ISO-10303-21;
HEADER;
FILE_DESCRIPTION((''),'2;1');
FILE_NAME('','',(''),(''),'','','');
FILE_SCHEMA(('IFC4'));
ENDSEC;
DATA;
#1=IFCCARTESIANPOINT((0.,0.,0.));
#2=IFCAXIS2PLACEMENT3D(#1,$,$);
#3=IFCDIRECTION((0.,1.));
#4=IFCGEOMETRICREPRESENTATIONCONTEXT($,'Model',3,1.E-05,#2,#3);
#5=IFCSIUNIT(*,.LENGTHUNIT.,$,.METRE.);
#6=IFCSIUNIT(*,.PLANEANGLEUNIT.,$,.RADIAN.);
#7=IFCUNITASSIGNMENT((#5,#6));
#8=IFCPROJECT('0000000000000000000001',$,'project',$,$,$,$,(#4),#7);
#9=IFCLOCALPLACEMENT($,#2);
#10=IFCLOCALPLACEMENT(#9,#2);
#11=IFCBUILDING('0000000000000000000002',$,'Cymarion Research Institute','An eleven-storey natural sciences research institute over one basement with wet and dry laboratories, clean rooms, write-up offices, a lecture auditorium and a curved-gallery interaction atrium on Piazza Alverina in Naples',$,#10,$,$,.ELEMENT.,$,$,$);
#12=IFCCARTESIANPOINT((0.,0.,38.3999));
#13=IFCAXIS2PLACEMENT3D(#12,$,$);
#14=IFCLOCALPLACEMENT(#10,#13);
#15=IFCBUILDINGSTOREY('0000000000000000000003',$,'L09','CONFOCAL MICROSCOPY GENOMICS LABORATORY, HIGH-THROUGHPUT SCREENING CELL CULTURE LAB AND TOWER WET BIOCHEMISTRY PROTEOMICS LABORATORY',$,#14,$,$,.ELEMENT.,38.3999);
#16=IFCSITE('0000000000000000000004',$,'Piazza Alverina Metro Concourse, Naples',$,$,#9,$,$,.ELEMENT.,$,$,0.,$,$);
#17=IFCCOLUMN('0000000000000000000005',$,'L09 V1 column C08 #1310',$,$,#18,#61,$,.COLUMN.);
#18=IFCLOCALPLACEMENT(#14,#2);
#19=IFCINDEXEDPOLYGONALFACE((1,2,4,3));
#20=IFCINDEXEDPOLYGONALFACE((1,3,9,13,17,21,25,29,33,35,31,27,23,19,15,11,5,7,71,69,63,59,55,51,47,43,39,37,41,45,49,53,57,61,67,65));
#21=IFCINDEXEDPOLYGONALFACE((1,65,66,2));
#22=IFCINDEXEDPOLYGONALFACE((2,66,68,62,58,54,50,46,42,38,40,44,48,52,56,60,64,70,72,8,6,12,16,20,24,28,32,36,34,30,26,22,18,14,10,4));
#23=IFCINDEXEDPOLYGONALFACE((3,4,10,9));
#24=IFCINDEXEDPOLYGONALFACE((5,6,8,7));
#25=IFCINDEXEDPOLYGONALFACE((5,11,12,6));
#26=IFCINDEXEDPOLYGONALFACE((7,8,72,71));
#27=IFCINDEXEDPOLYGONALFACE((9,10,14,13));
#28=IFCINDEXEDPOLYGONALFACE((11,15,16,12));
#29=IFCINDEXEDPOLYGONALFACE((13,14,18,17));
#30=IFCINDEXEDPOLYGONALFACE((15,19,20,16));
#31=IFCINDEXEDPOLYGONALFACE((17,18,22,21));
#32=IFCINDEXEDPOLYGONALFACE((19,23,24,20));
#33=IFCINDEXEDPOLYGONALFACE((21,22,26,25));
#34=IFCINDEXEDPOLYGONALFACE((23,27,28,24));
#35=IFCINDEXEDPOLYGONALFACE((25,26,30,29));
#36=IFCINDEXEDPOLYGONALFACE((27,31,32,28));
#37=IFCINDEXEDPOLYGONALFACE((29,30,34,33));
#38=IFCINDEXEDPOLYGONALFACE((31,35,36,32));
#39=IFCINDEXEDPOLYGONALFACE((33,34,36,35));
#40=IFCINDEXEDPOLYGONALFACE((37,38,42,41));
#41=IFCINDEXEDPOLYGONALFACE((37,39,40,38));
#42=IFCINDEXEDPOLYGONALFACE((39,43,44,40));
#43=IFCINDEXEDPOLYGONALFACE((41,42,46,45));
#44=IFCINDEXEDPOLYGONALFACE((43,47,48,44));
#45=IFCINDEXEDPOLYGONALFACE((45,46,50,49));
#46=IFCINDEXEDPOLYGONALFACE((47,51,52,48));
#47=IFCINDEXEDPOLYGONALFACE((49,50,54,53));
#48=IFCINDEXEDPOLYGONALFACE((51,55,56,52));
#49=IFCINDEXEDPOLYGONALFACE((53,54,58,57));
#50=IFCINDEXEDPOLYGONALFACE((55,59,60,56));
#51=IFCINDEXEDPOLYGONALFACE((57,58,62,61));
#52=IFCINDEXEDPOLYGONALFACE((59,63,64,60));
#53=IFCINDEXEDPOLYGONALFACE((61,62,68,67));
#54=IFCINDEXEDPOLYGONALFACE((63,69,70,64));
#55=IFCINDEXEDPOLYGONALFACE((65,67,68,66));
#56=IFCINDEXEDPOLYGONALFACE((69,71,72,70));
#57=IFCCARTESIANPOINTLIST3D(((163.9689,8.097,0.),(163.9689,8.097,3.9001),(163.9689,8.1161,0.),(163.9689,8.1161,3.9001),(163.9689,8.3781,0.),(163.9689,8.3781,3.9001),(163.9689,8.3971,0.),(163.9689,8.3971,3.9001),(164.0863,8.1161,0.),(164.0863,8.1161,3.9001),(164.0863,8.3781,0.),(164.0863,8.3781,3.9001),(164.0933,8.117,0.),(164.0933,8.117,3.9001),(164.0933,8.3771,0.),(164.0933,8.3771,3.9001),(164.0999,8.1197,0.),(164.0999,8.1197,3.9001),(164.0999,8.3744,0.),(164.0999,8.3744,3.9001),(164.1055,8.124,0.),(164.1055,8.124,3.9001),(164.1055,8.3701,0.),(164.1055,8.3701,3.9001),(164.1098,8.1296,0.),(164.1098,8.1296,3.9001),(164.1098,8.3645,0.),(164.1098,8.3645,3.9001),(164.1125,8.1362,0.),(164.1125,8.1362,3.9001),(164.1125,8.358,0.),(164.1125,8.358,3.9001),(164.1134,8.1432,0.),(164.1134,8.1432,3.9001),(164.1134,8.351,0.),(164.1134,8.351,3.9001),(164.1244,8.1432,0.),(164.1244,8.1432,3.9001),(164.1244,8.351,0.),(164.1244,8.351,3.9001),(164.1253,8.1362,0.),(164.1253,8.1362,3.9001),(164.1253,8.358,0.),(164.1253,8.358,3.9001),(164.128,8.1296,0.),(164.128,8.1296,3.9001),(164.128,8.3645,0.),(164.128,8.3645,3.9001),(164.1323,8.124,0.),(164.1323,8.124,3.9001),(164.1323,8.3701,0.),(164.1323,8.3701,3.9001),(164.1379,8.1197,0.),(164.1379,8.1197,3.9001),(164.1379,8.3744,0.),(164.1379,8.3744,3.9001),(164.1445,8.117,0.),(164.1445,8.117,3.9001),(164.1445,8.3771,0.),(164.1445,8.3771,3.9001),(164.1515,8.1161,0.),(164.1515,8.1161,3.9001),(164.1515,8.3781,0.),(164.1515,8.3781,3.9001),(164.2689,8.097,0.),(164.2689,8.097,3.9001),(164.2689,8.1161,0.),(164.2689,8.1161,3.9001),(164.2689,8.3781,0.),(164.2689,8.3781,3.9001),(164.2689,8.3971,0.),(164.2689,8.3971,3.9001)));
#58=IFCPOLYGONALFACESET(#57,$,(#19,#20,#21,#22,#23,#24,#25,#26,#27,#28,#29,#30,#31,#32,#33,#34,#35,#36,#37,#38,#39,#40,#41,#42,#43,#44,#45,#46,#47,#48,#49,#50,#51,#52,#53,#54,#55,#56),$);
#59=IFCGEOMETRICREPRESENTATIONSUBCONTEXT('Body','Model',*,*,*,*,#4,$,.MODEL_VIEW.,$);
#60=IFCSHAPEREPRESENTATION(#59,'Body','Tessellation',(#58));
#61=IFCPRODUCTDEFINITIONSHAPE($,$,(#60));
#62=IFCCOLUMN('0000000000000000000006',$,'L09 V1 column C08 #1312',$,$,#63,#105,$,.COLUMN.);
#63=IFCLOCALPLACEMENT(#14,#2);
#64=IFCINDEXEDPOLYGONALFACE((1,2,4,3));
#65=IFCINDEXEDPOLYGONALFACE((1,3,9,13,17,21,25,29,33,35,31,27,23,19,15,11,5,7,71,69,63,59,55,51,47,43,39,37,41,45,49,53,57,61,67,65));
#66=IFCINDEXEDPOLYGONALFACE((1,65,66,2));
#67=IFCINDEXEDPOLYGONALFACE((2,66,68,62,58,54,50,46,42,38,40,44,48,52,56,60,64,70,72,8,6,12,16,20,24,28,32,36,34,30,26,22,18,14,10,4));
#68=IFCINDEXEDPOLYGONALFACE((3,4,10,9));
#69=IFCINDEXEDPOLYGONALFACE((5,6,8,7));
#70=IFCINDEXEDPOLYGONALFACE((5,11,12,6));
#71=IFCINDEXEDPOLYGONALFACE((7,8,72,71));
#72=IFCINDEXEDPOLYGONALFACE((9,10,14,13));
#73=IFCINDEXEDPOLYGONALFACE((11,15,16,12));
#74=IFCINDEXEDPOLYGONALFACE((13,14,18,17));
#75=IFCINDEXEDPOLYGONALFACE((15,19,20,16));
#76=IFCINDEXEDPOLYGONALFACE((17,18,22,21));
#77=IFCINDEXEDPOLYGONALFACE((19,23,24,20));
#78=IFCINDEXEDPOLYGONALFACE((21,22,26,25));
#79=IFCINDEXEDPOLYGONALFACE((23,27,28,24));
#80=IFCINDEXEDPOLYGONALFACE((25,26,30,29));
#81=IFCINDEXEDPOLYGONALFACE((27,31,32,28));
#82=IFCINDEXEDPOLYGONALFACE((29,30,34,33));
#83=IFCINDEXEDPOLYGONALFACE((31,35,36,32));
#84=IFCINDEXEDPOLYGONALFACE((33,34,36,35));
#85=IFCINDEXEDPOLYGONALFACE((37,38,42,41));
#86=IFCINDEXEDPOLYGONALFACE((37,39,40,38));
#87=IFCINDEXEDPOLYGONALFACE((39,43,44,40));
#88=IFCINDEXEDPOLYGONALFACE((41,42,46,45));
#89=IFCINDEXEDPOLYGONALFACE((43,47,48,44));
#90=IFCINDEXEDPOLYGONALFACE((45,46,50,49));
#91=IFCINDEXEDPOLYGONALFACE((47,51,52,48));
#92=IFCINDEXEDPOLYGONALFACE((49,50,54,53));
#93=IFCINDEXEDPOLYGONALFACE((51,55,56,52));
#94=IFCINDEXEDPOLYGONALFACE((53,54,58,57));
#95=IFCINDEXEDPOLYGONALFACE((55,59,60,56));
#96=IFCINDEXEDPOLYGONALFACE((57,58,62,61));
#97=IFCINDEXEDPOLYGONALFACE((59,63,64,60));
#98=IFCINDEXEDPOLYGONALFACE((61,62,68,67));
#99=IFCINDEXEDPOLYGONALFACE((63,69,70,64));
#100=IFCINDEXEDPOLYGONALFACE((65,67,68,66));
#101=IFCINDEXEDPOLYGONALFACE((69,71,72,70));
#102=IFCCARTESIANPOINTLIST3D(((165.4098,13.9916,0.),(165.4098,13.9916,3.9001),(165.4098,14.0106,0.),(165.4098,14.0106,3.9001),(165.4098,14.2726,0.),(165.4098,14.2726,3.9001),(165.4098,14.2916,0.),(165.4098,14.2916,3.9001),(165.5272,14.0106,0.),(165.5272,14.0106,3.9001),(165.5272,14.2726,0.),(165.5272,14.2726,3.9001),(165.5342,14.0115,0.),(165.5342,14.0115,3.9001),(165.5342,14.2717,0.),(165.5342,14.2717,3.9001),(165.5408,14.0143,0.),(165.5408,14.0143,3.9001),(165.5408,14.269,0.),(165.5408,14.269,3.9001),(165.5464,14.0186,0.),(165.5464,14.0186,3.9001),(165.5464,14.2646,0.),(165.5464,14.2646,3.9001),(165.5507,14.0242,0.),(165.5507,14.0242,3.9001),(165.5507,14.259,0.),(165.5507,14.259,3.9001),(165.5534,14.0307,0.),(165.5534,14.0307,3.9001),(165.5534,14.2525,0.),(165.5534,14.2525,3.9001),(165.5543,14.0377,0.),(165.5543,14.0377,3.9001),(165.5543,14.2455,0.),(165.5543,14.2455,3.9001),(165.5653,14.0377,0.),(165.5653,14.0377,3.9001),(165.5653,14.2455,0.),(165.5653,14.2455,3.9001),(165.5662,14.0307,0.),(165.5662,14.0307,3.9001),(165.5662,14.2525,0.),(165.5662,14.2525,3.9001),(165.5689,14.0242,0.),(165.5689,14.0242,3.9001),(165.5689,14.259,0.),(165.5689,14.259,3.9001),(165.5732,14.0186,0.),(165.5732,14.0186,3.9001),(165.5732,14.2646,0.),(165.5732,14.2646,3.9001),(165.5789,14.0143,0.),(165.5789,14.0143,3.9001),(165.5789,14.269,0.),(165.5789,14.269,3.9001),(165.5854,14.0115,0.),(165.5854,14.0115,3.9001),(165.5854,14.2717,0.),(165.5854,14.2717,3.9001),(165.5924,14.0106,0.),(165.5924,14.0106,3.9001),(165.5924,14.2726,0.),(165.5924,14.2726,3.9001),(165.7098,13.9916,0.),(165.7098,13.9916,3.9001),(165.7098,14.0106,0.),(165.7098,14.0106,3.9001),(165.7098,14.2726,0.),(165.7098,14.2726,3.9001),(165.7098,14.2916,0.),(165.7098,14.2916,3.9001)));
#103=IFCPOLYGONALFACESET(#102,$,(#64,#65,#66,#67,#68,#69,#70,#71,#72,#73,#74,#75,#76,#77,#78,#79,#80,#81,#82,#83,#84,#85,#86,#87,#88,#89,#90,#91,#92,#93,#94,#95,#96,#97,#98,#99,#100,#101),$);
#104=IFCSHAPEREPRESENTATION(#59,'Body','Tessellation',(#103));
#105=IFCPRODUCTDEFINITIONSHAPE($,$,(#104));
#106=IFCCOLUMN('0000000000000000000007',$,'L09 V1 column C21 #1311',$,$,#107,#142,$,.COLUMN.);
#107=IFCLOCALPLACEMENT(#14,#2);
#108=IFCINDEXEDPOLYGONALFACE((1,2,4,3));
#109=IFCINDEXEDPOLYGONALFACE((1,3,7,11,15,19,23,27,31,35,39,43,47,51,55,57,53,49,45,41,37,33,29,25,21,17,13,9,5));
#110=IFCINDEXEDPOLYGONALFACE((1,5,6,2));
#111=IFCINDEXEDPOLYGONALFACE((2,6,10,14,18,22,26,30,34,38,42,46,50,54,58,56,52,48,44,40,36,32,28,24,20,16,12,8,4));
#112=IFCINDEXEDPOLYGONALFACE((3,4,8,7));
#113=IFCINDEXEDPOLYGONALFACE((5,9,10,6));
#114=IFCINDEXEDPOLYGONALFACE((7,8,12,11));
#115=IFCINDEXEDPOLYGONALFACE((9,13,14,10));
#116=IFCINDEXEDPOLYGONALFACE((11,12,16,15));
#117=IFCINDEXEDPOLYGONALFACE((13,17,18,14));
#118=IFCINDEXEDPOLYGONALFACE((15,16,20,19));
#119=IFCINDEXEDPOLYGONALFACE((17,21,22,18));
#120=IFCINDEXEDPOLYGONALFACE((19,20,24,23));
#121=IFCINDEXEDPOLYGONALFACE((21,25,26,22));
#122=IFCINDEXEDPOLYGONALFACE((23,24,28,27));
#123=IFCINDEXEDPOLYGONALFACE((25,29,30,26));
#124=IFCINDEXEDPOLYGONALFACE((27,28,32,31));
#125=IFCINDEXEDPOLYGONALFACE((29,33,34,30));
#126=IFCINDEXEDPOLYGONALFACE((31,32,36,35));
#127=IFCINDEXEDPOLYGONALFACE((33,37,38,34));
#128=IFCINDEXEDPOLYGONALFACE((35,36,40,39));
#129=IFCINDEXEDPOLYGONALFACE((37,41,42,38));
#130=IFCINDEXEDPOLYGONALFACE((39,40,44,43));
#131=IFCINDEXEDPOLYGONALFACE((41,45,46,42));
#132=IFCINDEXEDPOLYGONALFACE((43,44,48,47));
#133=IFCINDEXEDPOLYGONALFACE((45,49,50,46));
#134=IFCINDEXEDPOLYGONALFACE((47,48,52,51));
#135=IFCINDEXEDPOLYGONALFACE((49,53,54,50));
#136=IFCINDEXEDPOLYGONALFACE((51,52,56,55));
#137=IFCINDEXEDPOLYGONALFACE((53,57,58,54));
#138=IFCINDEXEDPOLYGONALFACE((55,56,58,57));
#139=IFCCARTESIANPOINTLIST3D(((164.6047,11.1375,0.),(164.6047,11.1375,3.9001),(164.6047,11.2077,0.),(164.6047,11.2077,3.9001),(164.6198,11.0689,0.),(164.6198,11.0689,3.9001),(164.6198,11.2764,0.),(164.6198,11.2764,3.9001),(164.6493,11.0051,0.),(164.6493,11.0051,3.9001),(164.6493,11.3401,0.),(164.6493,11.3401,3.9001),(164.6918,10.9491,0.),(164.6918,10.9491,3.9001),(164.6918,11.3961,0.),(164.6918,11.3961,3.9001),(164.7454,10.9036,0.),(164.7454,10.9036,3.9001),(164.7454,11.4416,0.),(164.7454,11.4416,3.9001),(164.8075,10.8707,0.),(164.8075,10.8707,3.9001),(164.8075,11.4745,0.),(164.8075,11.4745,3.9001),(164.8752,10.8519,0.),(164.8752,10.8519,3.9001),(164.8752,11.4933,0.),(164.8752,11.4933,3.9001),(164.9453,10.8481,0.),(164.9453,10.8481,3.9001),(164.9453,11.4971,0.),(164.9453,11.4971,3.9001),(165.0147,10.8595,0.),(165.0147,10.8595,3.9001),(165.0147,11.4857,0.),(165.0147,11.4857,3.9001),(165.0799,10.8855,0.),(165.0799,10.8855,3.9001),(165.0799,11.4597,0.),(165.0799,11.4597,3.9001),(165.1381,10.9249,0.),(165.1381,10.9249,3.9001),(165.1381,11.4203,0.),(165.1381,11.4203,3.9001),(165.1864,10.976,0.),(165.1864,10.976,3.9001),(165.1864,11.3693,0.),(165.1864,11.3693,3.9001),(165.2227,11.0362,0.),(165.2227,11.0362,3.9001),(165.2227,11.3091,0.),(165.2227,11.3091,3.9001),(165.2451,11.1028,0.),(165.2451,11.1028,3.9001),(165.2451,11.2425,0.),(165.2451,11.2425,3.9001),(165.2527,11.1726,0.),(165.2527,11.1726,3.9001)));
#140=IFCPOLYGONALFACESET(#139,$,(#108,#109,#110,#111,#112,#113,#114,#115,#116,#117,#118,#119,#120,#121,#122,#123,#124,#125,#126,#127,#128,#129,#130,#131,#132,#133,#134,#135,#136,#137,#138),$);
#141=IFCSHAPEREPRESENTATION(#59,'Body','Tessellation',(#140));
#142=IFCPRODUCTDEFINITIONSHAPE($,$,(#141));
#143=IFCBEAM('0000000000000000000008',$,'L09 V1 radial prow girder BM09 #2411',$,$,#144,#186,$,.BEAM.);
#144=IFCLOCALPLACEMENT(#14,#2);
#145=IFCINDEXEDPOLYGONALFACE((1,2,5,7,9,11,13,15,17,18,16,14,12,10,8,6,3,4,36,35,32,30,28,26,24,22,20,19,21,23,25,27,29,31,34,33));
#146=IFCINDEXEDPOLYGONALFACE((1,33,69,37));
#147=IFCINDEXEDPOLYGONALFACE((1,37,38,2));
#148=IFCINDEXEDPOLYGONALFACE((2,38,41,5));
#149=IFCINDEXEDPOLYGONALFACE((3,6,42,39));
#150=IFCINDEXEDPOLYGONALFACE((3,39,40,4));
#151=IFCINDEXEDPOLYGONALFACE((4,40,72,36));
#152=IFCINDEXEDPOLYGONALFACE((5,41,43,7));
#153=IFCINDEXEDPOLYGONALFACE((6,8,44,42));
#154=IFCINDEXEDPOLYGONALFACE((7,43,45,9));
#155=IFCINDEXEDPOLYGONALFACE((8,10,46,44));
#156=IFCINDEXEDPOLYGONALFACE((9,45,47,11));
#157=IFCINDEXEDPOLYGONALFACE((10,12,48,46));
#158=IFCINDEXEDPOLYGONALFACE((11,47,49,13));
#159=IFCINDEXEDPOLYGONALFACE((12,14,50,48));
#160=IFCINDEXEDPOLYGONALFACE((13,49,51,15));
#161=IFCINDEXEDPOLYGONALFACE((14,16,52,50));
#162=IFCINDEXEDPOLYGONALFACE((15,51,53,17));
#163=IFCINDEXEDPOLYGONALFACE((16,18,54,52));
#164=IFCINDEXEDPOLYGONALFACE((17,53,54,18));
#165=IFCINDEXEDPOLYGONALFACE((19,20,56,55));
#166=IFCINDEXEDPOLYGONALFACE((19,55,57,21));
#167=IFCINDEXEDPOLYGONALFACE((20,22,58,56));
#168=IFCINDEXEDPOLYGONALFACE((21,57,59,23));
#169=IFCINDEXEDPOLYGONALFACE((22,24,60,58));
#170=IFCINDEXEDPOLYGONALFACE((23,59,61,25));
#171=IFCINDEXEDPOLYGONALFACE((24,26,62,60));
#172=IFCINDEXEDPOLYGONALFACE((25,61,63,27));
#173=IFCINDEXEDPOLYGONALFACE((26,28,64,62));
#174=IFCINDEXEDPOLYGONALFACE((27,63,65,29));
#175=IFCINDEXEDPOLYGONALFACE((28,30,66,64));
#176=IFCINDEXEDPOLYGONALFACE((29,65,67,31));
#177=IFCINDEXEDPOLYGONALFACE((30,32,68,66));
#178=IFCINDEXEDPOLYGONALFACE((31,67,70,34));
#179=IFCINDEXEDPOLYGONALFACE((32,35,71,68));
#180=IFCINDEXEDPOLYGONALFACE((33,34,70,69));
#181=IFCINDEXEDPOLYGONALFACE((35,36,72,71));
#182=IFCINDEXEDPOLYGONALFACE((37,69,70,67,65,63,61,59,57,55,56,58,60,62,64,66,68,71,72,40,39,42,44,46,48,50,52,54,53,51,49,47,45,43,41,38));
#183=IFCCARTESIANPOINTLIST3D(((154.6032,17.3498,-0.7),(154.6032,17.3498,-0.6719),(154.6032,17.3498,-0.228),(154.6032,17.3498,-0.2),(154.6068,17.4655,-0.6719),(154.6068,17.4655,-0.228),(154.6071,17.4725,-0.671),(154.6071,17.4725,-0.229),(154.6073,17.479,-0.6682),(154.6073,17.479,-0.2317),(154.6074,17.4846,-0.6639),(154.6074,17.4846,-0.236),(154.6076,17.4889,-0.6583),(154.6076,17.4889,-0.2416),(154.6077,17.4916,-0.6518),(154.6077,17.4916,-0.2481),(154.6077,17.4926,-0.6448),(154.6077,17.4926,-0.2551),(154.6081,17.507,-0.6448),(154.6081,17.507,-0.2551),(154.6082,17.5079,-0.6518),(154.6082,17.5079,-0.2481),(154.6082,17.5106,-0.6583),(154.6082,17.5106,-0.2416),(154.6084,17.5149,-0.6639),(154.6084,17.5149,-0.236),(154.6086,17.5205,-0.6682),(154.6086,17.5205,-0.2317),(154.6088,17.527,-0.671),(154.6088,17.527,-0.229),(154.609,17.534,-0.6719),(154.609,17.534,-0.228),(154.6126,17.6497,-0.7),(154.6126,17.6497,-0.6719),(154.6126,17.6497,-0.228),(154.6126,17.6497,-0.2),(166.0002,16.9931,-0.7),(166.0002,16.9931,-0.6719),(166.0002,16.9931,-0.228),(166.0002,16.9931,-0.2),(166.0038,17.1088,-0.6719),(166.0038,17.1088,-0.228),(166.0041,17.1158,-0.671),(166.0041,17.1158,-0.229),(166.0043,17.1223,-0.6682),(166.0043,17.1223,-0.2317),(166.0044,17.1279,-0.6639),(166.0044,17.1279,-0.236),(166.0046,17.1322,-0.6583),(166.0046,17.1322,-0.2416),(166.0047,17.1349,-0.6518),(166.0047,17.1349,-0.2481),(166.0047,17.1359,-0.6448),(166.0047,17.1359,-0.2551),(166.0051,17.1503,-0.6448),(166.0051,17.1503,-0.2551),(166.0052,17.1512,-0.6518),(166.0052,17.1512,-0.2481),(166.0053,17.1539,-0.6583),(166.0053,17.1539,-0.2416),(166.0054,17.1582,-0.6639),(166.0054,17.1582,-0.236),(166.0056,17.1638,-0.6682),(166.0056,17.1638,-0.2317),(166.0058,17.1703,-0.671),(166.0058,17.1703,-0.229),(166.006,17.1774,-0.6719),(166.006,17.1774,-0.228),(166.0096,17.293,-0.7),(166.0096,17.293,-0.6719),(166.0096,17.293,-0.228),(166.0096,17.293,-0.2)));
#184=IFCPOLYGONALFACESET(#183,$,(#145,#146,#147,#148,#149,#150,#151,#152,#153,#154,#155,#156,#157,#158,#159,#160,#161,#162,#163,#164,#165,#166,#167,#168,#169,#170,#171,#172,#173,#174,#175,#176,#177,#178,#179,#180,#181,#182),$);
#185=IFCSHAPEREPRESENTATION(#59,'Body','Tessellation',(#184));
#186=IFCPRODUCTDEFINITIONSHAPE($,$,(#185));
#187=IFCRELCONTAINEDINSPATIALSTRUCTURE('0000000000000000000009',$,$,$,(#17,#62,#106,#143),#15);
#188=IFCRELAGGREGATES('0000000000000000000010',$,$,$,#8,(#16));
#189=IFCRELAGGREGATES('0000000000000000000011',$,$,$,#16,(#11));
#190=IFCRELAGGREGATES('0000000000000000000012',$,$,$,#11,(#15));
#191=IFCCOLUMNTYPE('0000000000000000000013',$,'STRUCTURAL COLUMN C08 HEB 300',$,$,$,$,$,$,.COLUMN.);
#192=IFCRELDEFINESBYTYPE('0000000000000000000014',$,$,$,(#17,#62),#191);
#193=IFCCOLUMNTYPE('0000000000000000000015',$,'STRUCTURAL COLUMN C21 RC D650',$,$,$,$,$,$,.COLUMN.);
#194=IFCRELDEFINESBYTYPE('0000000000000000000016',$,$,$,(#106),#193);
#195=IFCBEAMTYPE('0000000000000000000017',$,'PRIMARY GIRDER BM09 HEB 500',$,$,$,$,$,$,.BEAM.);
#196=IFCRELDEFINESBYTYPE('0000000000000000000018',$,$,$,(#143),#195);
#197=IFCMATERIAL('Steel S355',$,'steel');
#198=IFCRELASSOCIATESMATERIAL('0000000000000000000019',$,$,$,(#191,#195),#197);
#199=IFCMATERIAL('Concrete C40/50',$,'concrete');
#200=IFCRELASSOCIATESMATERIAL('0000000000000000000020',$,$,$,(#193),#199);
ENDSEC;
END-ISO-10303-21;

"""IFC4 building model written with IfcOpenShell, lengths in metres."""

from ifc_helpers import new_model, si_unit, direction, frame, origin, origin_2d, place, context, subcontext, project, spatial, circle, i_section, extrude, material, material_profile, profile_set, type_object, element, save


model = new_model("IFC4")

# Units and contexts
model_context = context("Model", 3, precision=1e-05, world=origin(), true_north=direction((0.0, 1.0)))
body_context = subcontext(model_context, "Body", "Model", "MODEL_VIEW")
ifc_project = project(units=[si_unit("LENGTHUNIT", "METRE"), si_unit("PLANEANGLEUNIT", "RADIAN")], contexts=[model_context])

# Site, building, storey
site_placement = place(None, origin())
site = spatial("IfcSite", under=ifc_project, at=site_placement, Name="Piazza Alverina Metro Concourse, Naples", CompositionType="ELEMENT", RefElevation=0.0)
building_placement = place(site_placement, origin())
building = spatial("IfcBuilding", under=site, at=building_placement, Name="Cymarion Research Institute", Description="An eleven-storey natural sciences research institute over one basement with wet and dry laboratories, clean rooms, write-up offices, a lecture auditorium and a curved-gallery interaction atrium on Piazza Alverina in Naples", CompositionType="ELEMENT")
storey_placement = place(building_placement, frame((0.0, 0.0, 38.3999)))
storey = spatial("IfcBuildingStorey", under=building, at=storey_placement, Name="L09", Description="CONFOCAL MICROSCOPY GENOMICS LABORATORY, HIGH-THROUGHPUT SCREENING CELL CULTURE LAB AND TOWER WET BIOCHEMISTRY PROTEOMICS LABORATORY", CompositionType="ELEMENT", Elevation=38.3999)

# Columns
ifc_material_1 = material(Name="Steel S355", Category="steel")
ifc_material_profile_1 = material_profile(ifc_material_1, i_section(OverallWidth=0.3, OverallDepth=0.3, WebThickness=0.011, FlangeThickness=0.019, FilletRadius=0.0271, at=origin_2d()), Name="HEB 300")
ifc_profile_set_1 = profile_set([ifc_material_profile_1], Name="Steel S355")
column_type_1 = type_object("IfcColumnType", Name="STRUCTURAL COLUMN C08 HEB 300", PredefinedType="COLUMN", material=ifc_profile_set_1)
for number, where, z_axis, x_axis, name in (
    (1, (164.1189, 8.2471, 0.0), (0.0, 0.0, 1.0), (1.0, 0.0, 0.0), "L09 V1 column C08 #1310"),
    (2, (165.5598, 14.1416, 0.0), (0.0, 0.0, 1.0), (1.0, 0.0, 0.0), "L09 V1 column C08 #1312"),
):
    element("IfcColumn", number, at=place(storey_placement, frame(where, z_axis=z_axis, x_axis=x_axis)), inside=storey, type_object=column_type_1, Name=name, PredefinedType="COLUMN", context=body_context, shape_type="SweptSolid", body=[
        extrude(i_section(OverallWidth=0.3, OverallDepth=0.3, WebThickness=0.011, FlangeThickness=0.019, FilletRadius=0.0271, at=origin_2d()), origin(), (0.0, 0.0, 1.0), 3.9001),
    ])
ifc_material_2 = material(Name="Concrete C40/50", Category="concrete")
ifc_material_profile_2 = material_profile(ifc_material_2, circle(Radius=0.325, at=origin_2d()), Name="RC D650")
ifc_profile_set_2 = profile_set([ifc_material_profile_2], Name="Concrete C40/50")
column_type_2 = type_object("IfcColumnType", Name="STRUCTURAL COLUMN C21 RC D650", PredefinedType="COLUMN", material=ifc_profile_set_2)
column_placement = place(storey_placement, frame((164.9277, 11.1726, 0.0), z_axis=(0.0, 0.0, 1.0), x_axis=(1.0, 0.0, 0.0)))
element("IfcColumn", 3, at=column_placement, inside=storey, type_object=column_type_2, Name="L09 V1 column C21 #1311", PredefinedType="COLUMN", context=body_context, shape_type="SweptSolid", body=[
    extrude(circle(Radius=0.325, at=origin_2d()), origin(), (0.0, 0.0, 1.0), 3.9001),
])

# Beam
ifc_material_profile_3 = material_profile(ifc_material_1, i_section(OverallWidth=0.3, OverallDepth=0.5, WebThickness=0.0144, FlangeThickness=0.0281, FilletRadius=0.0271, at=origin_2d()), Name="HEB 500")
ifc_profile_set_3 = profile_set([ifc_material_profile_3], Name="Steel S355")
beam_type_1 = type_object("IfcBeamType", Name="PRIMARY GIRDER BM09 HEB 500", PredefinedType="BEAM", material=ifc_profile_set_3)
beam_1_placement = place(storey_placement, frame((154.6079, 17.4998, -0.45), z_axis=(0.999511, -0.031282, 0.0), x_axis=(0.031282, 0.999511, 0.0)))
element("IfcBeam", 4, at=beam_1_placement, inside=storey, type_object=beam_type_1, Name="L09 V1 radial prow girder BM09 #2411", PredefinedType="BEAM", context=body_context, shape_type="SweptSolid", body=[
    extrude(i_section(OverallWidth=0.3, OverallDepth=0.5, WebThickness=0.0144, FlangeThickness=0.0281, FilletRadius=0.0271, at=origin_2d()), origin(), (0.0, 0.0, 1.0), 11.4026),
])

save(model, "model.ifc")
